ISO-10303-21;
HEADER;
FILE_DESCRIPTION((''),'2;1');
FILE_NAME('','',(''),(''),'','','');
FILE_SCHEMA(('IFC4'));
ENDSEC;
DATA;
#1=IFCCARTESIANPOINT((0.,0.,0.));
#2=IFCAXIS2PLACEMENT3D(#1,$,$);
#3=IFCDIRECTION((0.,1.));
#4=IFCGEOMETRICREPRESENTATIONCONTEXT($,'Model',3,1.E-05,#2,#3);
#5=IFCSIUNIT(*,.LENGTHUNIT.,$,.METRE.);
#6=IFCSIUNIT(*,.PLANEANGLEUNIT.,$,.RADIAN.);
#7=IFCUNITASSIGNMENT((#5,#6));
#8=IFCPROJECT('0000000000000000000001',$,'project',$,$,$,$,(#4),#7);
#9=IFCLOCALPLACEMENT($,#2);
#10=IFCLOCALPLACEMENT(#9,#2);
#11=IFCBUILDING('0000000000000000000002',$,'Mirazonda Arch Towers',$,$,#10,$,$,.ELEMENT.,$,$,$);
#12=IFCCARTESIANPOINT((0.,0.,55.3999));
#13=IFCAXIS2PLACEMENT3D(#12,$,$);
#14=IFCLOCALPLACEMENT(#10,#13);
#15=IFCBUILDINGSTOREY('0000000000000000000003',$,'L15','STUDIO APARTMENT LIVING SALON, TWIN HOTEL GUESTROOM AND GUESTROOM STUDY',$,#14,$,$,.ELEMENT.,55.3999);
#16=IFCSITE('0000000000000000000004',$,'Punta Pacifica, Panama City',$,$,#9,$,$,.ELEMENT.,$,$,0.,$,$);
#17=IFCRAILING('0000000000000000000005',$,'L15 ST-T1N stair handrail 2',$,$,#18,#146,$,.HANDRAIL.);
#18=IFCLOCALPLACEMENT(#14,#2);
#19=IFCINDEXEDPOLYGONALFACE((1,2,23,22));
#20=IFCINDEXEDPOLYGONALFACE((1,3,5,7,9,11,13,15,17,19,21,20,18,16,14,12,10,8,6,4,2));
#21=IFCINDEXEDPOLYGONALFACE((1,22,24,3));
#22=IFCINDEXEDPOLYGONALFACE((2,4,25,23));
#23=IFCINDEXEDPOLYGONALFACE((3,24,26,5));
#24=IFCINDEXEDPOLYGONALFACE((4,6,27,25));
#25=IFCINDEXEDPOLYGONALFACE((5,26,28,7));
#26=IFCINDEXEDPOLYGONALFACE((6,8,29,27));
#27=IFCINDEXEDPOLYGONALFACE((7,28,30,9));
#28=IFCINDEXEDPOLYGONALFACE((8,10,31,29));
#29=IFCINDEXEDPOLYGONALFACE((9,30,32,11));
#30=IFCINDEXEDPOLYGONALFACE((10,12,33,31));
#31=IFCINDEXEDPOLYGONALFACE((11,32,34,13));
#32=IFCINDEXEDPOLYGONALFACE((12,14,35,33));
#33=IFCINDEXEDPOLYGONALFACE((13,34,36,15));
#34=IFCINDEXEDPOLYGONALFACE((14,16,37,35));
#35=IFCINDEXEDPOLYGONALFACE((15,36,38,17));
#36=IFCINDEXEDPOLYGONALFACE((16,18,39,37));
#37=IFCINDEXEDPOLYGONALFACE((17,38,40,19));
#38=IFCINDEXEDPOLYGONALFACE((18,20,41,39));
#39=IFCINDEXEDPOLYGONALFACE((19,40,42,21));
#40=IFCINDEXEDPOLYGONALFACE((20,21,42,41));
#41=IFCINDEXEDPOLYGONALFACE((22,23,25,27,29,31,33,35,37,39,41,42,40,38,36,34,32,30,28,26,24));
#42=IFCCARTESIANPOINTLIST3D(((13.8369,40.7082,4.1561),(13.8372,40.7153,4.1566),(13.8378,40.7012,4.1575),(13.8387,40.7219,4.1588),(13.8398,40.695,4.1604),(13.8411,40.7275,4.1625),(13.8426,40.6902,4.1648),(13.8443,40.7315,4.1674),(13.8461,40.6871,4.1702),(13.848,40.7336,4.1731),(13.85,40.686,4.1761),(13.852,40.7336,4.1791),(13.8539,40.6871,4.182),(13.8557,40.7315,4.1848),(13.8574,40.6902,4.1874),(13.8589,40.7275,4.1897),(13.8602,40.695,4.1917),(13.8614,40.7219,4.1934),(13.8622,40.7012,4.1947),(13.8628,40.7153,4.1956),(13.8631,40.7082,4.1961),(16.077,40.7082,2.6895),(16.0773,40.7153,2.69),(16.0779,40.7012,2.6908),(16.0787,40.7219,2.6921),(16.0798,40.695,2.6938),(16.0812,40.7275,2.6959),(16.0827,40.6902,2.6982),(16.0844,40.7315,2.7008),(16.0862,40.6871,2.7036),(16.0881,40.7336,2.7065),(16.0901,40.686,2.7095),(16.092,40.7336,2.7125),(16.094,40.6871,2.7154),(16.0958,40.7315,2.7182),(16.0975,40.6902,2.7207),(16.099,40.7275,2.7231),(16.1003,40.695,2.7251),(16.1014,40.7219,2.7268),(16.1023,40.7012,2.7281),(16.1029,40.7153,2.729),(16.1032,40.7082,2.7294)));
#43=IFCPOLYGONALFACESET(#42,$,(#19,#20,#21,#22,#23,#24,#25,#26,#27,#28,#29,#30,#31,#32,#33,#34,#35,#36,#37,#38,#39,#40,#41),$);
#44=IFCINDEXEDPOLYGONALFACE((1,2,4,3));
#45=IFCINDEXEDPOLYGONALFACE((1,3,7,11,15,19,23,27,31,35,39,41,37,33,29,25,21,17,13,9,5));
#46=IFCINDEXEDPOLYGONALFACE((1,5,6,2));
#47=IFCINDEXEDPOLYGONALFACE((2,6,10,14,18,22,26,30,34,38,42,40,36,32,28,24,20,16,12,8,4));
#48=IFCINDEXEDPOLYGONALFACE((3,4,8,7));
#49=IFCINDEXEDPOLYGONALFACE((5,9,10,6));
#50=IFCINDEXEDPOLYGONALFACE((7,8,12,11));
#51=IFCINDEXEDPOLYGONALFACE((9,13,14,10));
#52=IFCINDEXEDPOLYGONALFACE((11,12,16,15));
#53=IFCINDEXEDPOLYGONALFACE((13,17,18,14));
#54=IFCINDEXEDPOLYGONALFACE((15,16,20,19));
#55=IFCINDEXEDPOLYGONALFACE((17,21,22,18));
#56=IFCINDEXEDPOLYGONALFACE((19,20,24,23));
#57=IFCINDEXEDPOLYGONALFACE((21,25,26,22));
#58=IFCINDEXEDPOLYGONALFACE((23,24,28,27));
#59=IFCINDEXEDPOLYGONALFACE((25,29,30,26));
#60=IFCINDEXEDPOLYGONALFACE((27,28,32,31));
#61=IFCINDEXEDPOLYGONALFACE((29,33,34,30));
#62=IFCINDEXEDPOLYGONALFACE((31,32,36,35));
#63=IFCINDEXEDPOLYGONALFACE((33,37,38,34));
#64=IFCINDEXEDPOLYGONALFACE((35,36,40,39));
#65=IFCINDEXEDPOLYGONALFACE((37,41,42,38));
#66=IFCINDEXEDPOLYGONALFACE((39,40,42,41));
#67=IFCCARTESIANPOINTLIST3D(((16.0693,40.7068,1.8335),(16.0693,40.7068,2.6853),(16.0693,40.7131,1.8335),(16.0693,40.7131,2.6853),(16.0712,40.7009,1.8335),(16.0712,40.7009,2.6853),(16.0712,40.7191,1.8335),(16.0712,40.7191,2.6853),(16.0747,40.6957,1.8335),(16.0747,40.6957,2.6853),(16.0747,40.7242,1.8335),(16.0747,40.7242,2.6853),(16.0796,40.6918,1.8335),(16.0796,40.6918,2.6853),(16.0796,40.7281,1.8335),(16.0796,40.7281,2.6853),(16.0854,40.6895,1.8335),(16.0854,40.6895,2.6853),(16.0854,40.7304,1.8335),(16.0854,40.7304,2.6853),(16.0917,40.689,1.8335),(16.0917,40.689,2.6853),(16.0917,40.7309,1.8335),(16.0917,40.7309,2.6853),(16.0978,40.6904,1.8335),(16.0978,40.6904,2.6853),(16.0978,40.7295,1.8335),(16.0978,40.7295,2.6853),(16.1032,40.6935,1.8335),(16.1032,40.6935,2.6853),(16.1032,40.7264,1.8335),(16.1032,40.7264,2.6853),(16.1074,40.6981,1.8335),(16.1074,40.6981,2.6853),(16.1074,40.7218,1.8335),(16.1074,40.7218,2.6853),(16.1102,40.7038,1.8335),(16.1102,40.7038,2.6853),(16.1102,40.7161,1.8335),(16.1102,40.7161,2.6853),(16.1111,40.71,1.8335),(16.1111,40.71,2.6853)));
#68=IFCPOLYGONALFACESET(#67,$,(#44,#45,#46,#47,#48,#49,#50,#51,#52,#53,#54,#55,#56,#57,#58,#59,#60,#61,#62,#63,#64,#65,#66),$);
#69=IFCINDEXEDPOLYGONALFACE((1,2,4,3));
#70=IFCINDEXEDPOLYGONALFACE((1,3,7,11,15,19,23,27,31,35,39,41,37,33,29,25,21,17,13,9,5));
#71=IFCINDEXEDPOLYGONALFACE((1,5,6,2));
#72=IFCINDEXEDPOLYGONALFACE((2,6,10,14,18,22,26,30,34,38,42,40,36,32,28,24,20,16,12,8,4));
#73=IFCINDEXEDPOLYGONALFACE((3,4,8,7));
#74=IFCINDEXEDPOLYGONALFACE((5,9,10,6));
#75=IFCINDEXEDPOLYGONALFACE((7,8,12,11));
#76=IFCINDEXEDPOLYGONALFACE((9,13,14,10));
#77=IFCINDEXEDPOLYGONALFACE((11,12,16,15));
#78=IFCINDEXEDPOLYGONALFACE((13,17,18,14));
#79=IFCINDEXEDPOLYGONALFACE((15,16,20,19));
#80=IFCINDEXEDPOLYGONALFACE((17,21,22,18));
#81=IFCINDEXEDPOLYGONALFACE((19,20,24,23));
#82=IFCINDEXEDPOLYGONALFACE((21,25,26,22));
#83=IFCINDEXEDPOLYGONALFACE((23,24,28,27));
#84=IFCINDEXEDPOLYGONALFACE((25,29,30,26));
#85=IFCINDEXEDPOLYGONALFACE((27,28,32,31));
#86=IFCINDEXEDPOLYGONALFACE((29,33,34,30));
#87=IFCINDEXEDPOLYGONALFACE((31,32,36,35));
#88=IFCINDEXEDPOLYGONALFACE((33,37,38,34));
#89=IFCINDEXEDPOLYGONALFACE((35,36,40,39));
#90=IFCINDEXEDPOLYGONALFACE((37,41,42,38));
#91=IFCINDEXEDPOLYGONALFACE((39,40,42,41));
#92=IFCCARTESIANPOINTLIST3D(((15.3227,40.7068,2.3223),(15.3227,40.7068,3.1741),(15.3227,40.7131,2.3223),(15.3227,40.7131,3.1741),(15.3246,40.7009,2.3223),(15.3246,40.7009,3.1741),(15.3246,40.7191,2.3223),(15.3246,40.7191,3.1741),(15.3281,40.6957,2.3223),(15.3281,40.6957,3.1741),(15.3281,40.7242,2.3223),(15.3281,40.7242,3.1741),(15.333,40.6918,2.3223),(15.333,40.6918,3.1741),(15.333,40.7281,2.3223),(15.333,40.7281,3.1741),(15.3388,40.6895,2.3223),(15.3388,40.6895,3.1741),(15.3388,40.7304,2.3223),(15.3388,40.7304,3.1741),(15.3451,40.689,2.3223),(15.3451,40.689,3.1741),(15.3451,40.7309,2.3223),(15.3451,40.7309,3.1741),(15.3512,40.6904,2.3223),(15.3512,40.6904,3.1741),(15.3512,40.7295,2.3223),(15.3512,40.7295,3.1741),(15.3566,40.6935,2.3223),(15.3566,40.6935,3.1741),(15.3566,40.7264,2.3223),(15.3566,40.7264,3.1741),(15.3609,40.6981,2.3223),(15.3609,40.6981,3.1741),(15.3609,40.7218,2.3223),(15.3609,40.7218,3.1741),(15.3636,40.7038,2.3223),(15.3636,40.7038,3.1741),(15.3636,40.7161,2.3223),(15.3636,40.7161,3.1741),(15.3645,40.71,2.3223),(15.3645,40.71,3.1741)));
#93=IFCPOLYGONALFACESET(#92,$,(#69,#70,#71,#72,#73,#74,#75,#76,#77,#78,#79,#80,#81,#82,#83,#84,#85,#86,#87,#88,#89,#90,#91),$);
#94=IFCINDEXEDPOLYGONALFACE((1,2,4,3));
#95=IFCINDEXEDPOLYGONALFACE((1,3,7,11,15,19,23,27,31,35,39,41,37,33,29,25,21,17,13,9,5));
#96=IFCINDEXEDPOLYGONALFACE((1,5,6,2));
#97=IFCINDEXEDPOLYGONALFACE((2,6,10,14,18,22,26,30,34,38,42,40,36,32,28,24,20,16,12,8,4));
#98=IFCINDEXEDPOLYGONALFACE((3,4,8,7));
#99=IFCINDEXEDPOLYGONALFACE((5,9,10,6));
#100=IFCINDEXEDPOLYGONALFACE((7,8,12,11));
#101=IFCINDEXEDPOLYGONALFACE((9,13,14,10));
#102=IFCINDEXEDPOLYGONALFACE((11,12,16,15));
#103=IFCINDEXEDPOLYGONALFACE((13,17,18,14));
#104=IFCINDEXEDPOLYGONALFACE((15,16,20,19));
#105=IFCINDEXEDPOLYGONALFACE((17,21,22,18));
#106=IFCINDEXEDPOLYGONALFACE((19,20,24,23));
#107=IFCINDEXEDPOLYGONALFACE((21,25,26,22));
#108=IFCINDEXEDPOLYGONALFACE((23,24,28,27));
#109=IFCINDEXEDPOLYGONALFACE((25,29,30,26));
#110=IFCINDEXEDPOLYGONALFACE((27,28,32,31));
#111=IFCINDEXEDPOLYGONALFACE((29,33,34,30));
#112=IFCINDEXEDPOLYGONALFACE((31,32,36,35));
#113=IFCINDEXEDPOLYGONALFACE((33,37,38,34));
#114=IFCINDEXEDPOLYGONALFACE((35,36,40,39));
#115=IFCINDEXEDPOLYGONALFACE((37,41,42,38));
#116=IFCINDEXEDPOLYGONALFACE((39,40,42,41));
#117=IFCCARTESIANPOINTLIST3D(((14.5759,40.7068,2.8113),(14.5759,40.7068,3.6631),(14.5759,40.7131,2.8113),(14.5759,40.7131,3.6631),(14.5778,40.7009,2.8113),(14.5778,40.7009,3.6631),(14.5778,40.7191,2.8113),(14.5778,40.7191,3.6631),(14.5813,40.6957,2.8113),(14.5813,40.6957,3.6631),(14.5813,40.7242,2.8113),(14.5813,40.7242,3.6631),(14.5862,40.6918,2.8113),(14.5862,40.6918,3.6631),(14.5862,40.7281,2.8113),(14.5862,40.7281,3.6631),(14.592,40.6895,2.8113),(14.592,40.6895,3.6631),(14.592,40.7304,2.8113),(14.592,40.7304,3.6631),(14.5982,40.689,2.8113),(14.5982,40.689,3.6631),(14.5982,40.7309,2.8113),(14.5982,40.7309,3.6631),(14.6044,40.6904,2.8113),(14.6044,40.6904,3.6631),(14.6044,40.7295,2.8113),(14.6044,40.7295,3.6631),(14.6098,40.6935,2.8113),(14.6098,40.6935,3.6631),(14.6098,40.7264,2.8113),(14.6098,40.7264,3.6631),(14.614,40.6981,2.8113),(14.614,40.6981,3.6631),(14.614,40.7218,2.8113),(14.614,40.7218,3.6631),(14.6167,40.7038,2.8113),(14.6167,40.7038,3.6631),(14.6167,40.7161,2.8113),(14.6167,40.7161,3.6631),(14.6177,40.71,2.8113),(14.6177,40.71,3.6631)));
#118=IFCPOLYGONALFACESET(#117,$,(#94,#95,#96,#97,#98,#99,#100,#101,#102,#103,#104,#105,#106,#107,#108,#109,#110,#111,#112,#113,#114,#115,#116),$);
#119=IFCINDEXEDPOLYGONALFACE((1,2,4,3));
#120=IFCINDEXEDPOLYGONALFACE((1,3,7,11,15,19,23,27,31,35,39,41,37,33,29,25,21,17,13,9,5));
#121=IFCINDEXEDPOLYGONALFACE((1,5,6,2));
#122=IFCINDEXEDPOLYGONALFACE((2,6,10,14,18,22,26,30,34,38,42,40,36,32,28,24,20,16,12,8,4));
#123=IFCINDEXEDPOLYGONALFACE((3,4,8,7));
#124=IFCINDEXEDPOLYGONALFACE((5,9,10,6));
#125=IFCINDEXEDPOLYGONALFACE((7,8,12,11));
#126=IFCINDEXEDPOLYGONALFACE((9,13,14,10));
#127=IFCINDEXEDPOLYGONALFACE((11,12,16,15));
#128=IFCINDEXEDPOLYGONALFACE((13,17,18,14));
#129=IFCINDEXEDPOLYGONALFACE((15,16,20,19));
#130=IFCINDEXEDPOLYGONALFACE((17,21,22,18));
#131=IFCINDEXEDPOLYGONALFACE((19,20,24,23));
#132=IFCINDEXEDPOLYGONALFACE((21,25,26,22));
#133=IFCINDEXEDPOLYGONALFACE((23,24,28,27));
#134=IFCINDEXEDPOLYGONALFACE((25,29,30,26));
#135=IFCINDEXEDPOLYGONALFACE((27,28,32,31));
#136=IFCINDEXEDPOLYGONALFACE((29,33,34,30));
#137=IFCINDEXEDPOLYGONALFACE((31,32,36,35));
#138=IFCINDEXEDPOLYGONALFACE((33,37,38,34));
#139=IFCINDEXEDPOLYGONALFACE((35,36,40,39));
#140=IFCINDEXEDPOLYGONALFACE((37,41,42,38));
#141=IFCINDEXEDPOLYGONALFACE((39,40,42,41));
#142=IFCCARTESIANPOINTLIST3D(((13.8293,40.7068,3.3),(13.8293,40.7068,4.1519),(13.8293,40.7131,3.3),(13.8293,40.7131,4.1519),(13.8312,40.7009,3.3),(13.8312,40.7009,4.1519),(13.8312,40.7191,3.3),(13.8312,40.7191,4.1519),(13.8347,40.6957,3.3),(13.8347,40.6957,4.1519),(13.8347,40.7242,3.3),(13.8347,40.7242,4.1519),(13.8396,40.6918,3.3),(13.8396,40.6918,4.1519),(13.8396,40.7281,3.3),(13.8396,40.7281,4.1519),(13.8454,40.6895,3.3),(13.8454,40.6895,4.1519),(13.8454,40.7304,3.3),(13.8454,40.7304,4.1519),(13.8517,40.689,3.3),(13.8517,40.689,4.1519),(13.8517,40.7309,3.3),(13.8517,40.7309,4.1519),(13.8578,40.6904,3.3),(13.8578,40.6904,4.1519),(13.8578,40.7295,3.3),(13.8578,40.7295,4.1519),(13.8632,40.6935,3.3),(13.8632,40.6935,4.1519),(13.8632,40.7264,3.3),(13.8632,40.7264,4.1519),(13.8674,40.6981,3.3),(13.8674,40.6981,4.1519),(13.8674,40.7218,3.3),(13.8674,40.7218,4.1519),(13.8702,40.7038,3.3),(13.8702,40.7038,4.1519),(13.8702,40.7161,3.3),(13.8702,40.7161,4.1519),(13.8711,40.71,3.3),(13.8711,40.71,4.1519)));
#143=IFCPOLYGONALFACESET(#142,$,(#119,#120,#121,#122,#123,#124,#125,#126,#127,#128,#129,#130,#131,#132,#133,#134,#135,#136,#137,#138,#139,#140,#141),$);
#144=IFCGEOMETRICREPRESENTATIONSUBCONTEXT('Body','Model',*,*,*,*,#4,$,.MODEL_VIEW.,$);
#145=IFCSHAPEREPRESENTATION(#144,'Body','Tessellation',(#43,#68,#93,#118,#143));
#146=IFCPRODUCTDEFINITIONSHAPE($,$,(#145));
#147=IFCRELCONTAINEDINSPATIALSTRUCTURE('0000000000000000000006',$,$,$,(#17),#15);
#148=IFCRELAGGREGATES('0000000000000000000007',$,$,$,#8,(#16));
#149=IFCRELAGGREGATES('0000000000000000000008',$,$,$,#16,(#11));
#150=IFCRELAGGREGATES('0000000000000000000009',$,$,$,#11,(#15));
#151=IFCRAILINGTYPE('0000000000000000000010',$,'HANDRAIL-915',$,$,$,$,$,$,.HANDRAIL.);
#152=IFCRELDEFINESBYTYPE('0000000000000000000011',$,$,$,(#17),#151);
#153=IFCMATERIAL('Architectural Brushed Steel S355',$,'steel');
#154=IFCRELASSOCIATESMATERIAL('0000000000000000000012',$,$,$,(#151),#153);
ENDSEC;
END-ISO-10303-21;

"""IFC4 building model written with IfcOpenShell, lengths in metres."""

from ifc_helpers import new_model, si_unit, direction, frame, origin, origin_2d, place, context, subcontext, project, spatial, circle, extrude, material, type_object, element, save


model = new_model("IFC4")

# Units and contexts
model_context = context("Model", 3, precision=1e-05, world=origin(), true_north=direction((0.0, 1.0)))
body_context = subcontext(model_context, "Body", "Model", "MODEL_VIEW")
ifc_project = project(units=[si_unit("LENGTHUNIT", "METRE"), si_unit("PLANEANGLEUNIT", "RADIAN")], contexts=[model_context])

# Site, building, storey
site_placement = place(None, origin())
site = spatial("IfcSite", under=ifc_project, at=site_placement, Name="Punta Pacifica, Panama City", CompositionType="ELEMENT", RefElevation=0.0)
building_placement = place(site_placement, origin())
building = spatial("IfcBuilding", under=site, at=building_placement, Name="Mirazonda Arch Towers", CompositionType="ELEMENT")
storey_placement = place(building_placement, frame((0.0, 0.0, 55.3999)))
storey = spatial("IfcBuildingStorey", under=building, at=storey_placement, Name="L15", Description="STUDIO APARTMENT LIVING SALON, TWIN HOTEL GUESTROOM AND GUESTROOM STUDY", CompositionType="ELEMENT", Elevation=55.3999)

# Shared definitions
ifc_material_1 = material(Name="Architectural Brushed Steel S355", Category="steel")

# Railing
railing_type_1 = type_object("IfcRailingType", Name="HANDRAIL-915", PredefinedType="HANDRAIL", material=ifc_material_1)
railing_1_placement = place(storey_placement, frame((16.0901, 40.71, 1.8335)))
element("IfcRailing", 1, at=railing_1_placement, inside=storey, type_object=railing_type_1, Name="L15 ST-T1N stair handrail 2", PredefinedType="HANDRAIL", context=body_context, shape_type="SweptSolid", body=[
    extrude(circle(Radius=0.0239, at=origin_2d()), frame((0.0, 0.0, 0.876), z_axis=(-0.836637, 0.0, 0.547758), x_axis=(0.0, -1.0, 0.0)), (0.0, 0.0, 1.0), 2.6775),
    extrude(circle(Radius=0.021, at=origin_2d()), origin(), (0.0, 0.0, 1.0), 0.8518),
    extrude(circle(Radius=0.021, at=origin_2d()), frame((-0.7466, 0.0, 0.4888)), (0.0, 0.0, 1.0), 0.8518),
    extrude(circle(Radius=0.021, at=origin_2d()), frame((-1.4934, 0.0, 0.9778)), (0.0, 0.0, 1.0), 0.8518),
    extrude(circle(Radius=0.021, at=origin_2d()), frame((-2.24, 0.0, 1.4666)), (0.0, 0.0, 1.0), 0.8518),
])

save(model, "model.ifc")
